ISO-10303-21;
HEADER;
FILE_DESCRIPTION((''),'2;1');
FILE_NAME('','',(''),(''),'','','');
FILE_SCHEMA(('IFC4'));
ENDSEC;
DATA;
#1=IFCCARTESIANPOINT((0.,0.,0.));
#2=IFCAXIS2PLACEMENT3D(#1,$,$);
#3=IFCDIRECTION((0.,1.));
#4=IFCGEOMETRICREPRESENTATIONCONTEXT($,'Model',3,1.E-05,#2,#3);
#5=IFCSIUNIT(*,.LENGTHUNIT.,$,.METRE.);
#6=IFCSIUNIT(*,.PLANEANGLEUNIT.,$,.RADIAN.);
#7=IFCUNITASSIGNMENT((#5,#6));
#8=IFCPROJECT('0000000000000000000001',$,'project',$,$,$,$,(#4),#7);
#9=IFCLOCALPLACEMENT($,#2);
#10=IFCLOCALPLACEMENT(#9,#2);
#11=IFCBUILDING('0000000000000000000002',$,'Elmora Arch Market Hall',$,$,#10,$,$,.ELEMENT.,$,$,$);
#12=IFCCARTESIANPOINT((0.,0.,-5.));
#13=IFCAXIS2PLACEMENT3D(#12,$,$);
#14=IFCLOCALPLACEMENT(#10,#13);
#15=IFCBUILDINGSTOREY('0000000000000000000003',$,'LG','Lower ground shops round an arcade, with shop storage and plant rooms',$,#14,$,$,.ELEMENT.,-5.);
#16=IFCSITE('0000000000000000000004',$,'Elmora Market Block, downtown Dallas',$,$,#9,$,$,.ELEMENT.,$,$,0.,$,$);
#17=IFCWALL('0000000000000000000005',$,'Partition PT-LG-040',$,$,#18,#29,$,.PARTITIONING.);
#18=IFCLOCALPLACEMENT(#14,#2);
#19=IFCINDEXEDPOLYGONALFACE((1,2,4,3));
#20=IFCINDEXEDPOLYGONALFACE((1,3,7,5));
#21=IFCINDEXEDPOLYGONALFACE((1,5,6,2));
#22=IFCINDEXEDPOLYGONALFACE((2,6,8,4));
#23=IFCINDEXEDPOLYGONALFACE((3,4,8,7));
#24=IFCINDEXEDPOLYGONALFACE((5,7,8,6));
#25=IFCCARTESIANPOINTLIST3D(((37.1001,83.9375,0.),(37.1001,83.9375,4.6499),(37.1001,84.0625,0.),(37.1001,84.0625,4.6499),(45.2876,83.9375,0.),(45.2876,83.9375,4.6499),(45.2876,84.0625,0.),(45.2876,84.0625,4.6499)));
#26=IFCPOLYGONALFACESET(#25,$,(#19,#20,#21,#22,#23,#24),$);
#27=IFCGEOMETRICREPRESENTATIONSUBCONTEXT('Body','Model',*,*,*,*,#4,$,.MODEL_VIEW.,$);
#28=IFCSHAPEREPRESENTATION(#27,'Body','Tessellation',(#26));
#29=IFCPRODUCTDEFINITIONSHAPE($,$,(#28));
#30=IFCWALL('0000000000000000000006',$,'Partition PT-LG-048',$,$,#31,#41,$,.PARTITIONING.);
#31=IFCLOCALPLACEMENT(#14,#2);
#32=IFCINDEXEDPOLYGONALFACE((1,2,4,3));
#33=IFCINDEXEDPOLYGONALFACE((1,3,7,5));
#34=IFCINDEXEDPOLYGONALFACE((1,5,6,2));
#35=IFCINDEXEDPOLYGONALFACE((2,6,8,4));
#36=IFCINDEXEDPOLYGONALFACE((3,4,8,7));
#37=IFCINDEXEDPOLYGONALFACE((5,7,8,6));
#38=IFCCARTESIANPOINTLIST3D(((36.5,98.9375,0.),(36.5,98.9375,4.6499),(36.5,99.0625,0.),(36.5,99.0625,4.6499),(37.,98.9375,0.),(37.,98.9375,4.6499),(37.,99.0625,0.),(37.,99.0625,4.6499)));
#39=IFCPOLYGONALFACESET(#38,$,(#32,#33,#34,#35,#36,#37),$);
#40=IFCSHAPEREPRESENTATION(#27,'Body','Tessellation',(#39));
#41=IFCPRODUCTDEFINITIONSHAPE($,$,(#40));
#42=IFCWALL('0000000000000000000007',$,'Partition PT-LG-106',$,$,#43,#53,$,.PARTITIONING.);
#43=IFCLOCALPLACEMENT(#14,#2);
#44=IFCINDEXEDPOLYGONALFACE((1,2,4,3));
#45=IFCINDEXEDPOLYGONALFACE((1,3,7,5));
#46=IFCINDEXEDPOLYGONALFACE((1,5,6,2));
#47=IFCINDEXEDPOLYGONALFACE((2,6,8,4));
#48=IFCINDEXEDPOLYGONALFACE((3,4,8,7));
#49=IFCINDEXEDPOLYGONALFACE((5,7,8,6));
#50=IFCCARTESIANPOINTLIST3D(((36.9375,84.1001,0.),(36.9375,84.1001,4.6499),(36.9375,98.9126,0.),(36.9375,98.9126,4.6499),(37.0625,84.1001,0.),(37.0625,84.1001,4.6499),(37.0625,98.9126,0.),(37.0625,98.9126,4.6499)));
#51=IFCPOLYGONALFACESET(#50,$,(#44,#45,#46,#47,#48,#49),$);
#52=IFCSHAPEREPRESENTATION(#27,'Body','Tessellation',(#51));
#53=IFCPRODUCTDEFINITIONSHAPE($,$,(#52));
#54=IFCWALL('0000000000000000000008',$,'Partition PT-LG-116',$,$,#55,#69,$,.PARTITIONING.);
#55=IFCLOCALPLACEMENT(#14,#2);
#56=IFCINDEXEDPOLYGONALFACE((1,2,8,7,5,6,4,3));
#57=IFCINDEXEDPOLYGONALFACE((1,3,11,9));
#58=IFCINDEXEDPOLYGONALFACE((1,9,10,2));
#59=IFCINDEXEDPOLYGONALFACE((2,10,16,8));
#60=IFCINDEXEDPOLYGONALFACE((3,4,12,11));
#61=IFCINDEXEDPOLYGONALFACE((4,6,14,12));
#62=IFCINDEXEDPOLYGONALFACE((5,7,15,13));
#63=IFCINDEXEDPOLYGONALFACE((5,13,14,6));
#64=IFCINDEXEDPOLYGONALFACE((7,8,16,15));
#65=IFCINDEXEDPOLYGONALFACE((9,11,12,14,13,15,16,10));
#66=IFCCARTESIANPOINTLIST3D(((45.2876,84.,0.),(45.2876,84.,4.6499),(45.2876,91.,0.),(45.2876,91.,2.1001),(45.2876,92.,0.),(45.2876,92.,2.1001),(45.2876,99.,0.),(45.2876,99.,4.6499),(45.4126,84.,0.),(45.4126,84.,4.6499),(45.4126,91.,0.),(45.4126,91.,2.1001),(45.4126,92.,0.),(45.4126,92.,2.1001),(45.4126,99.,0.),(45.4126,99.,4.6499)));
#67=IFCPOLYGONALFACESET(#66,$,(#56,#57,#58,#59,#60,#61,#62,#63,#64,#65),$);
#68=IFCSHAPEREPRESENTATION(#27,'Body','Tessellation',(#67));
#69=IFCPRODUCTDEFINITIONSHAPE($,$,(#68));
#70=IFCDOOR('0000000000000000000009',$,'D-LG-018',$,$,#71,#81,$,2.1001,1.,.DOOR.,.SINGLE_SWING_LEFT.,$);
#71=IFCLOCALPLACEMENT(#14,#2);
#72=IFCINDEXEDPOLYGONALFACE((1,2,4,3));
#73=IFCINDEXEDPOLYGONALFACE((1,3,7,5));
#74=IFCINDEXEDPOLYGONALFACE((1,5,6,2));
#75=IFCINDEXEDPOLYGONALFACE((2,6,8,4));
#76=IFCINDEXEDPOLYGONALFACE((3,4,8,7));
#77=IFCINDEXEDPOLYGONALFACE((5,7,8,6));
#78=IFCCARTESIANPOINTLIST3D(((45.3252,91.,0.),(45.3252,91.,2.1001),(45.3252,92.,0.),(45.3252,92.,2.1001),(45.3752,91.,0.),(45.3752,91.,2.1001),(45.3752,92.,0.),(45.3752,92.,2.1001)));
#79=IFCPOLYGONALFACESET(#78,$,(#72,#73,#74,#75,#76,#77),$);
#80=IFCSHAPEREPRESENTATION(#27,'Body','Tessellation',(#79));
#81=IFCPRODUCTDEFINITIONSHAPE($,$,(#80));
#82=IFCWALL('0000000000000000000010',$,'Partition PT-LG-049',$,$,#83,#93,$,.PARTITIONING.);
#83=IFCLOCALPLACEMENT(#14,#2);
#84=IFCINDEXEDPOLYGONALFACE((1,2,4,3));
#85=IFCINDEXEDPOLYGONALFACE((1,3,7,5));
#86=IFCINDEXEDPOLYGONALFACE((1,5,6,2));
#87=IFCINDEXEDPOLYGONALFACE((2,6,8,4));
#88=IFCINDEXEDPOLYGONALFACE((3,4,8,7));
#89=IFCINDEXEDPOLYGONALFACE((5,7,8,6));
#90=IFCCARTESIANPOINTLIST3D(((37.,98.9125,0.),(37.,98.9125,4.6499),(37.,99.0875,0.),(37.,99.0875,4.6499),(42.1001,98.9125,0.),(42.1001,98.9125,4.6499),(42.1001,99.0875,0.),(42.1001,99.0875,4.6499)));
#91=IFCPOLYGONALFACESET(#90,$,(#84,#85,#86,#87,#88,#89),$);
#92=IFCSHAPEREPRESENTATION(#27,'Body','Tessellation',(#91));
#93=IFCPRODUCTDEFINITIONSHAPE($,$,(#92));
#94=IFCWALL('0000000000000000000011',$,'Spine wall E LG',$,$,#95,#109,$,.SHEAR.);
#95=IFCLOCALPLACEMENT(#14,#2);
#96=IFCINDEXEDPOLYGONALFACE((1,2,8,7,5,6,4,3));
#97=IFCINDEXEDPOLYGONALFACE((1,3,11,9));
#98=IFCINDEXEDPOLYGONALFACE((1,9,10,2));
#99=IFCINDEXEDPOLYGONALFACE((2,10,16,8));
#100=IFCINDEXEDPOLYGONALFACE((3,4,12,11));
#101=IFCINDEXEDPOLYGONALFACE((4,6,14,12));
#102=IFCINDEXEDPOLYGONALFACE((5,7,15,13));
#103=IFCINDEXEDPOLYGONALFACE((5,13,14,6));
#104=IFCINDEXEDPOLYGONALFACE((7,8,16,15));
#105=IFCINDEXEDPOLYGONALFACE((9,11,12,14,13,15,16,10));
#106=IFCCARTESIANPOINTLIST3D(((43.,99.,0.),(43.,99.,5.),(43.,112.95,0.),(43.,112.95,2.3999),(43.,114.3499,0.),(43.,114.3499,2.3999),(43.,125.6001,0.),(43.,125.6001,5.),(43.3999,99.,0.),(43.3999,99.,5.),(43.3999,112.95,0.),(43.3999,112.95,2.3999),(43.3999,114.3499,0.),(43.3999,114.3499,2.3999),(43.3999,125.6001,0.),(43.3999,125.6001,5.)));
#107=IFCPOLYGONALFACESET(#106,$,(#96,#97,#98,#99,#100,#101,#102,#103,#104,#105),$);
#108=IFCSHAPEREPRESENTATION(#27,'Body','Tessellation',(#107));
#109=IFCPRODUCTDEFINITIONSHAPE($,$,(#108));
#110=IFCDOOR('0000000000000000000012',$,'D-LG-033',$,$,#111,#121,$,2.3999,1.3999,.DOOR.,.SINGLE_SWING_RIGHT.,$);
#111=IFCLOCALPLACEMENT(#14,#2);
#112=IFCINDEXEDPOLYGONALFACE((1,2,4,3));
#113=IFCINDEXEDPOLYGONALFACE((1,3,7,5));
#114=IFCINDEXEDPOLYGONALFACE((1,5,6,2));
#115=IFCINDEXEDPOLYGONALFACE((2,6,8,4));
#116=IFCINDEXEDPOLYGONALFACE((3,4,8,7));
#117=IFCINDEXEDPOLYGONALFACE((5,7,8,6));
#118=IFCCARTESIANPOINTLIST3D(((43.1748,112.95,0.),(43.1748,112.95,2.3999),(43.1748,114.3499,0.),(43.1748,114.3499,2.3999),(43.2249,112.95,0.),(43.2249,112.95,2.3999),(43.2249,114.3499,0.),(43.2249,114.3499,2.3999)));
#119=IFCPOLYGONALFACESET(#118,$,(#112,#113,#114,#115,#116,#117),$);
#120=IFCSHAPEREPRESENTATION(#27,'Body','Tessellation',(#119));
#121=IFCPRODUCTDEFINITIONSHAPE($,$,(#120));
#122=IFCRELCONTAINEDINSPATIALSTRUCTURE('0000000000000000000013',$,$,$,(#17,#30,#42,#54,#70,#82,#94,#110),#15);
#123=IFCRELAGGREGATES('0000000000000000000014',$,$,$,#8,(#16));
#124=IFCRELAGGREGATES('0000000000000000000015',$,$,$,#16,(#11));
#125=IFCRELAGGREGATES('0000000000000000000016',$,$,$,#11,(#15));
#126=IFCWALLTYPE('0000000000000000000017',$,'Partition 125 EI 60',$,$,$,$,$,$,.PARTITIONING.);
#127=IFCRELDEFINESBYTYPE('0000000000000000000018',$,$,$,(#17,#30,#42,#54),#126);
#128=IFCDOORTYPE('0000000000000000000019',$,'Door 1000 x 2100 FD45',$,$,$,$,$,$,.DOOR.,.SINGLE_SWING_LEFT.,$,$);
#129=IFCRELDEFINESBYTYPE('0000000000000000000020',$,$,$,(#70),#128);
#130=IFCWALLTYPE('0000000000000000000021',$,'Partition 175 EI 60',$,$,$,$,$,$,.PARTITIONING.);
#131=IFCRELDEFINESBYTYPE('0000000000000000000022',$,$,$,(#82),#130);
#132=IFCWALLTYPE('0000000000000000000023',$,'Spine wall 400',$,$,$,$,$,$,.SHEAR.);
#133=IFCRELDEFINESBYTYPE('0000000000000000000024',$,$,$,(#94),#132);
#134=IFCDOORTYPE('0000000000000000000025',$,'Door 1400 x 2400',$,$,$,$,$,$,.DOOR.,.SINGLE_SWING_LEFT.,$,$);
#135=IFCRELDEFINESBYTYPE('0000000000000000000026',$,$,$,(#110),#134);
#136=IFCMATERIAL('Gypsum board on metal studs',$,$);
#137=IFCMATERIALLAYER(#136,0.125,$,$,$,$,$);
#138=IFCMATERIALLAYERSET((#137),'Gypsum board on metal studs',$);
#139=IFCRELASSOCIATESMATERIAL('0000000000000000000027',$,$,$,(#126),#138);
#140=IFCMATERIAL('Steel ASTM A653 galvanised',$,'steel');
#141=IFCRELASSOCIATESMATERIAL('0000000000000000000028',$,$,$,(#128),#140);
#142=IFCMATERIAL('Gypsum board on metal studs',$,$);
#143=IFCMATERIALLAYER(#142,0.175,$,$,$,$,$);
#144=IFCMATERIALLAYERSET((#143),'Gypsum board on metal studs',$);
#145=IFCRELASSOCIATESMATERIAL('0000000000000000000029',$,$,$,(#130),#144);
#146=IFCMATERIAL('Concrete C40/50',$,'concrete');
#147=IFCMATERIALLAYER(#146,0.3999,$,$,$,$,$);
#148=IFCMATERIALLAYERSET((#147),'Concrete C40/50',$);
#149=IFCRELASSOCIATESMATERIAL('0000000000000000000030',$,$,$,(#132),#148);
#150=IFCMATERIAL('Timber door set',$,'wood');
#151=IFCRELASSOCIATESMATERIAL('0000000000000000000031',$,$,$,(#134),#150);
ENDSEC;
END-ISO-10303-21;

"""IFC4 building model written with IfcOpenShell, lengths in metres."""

from ifc_helpers import new_model, si_unit, direction, frame, frame_2d, origin, place, context, subcontext, project, spatial, rectangle, extrude, material, layer, layer_set, type_object, element, fill, save


model = new_model("IFC4")

# Units and contexts
model_context = context("Model", 3, precision=1e-05, world=origin(), true_north=direction((0.0, 1.0)))
body_context = subcontext(model_context, "Body", "Model", "MODEL_VIEW")
ifc_project = project(units=[si_unit("LENGTHUNIT", "METRE"), si_unit("PLANEANGLEUNIT", "RADIAN")], contexts=[model_context])

# Site, building, storey
site_placement = place(None, origin())
site = spatial("IfcSite", under=ifc_project, at=site_placement, Name="Elmora Market Block, downtown Dallas", CompositionType="ELEMENT", RefElevation=0.0)
building_placement = place(site_placement, origin())
building = spatial("IfcBuilding", under=site, at=building_placement, Name="Elmora Arch Market Hall", CompositionType="ELEMENT")
storey_placement = place(building_placement, frame((0.0, 0.0, -5.0)))
storey = spatial("IfcBuildingStorey", under=building, at=storey_placement, Name="LG", Description="Lower ground shops round an arcade, with shop storage and plant rooms", CompositionType="ELEMENT", Elevation=-5.0)

# Walls
ifc_material_1 = material(Name="Gypsum board on metal studs")
ifc_layer_1 = layer(ifc_material_1, 0.125)
ifc_layer_set_1 = layer_set([ifc_layer_1], Name="Gypsum board on metal studs")
wall_type_1 = type_object("IfcWallType", Name="Partition 125 EI 60", PredefinedType="PARTITIONING", material=ifc_layer_set_1)
wall_1_placement = place(storey_placement, frame((37.1001, 84.0, 0.0), z_axis=(0.0, 0.0, 1.0), x_axis=(1.0, 0.0, 0.0)))
element("IfcWall", 1, at=wall_1_placement, inside=storey, type_object=wall_type_1, Name="Partition PT-LG-040", PredefinedType="PARTITIONING", context=body_context, shape_type="SweptSolid", body=[
    extrude(rectangle(XDim=8.1875, YDim=0.125, at=frame_2d((4.0938, 0.0))), origin(), (0.0, 0.0, 1.0), 4.6499),
])
wall_2_placement = place(storey_placement, frame((36.5, 99.0, 0.0), z_axis=(0.0, 0.0, 1.0), x_axis=(1.0, 0.0, 0.0)))
element("IfcWall", 2, at=wall_2_placement, inside=storey, type_object=wall_type_1, Name="Partition PT-LG-048", PredefinedType="PARTITIONING", context=body_context, shape_type="SweptSolid", body=[
    extrude(rectangle(XDim=0.5, YDim=0.125, at=frame_2d((0.25, 0.0))), origin(), (0.0, 0.0, 1.0), 4.6499),
])
wall_3_placement = place(storey_placement, frame((37.0, 84.1001, 0.0), z_axis=(0.0, 0.0, 1.0), x_axis=(0.0, 1.0, 0.0)))
element("IfcWall", 3, at=wall_3_placement, inside=storey, type_object=wall_type_1, Name="Partition PT-LG-106", PredefinedType="PARTITIONING", context=body_context, shape_type="SweptSolid", body=[
    extrude(rectangle(XDim=14.8125, YDim=0.125, at=frame_2d((7.4062, 0.0))), origin(), (0.0, 0.0, 1.0), 4.6499),
])

# Wall, opening, door
wall_4_placement = place(storey_placement, frame((45.3501, 84.0, 0.0), z_axis=(0.0, 0.0, 1.0), x_axis=(0.0, 1.0, 0.0)))
wall_4 = element("IfcWall", 4, at=wall_4_placement, inside=storey, type_object=wall_type_1, Name="Partition PT-LG-116", PredefinedType="PARTITIONING", context=body_context, shape_type="SweptSolid", body=[
    extrude(rectangle(XDim=15.0, YDim=0.125, at=frame_2d((7.5, 0.0))), origin(), (0.0, 0.0, 1.0), 4.6499),
])
opening_1_placement = place(wall_4_placement, frame((7.0, 0.0, 0.0)))
opening_1 = element("IfcOpeningElement", 5, at=opening_1_placement, cuts=wall_4, PredefinedType="OPENING", context=body_context, shape_type="SweptSolid", body=[
    extrude(rectangle(XDim=1.0, YDim=2.1001, at=frame_2d((0.5, 1.05))), frame((0.0, 0.0725, 0.0), z_axis=(0.0, -1.0, 0.0), x_axis=(1.0, 0.0, 0.0)), (0.0, 0.0, 1.0), 0.145),
])
ifc_material_2 = material(Name="Steel ASTM A653 galvanised", Category="steel")
door_type_1 = type_object("IfcDoorType", Name="Door 1000 x 2100 FD45", OperationType="SINGLE_SWING_LEFT", PredefinedType="DOOR", material=ifc_material_2)
door_1_placement = place(opening_1_placement, origin())
door_1 = element("IfcDoor", 6, at=door_1_placement, inside=storey, type_object=door_type_1, Name="D-LG-018", OperationType="SINGLE_SWING_LEFT", OverallHeight=2.1001, OverallWidth=1.0, PredefinedType="DOOR", context=body_context, shape_type="SweptSolid", body=[
    extrude(rectangle(XDim=1.0, YDim=2.1001, at=frame_2d((0.5, 1.05))), frame((0.0, 0.0249, 0.0), z_axis=(0.0, -1.0, 0.0), x_axis=(1.0, 0.0, 0.0)), (0.0, 0.0, 1.0), 0.05),
])
fill(opening_1, door_1)

# Wall
ifc_material_3 = material(Name="Gypsum board on metal studs")
ifc_layer_2 = layer(ifc_material_3, 0.175)
ifc_layer_set_2 = layer_set([ifc_layer_2], Name="Gypsum board on metal studs")
wall_type_2 = type_object("IfcWallType", Name="Partition 175 EI 60", PredefinedType="PARTITIONING", material=ifc_layer_set_2)
wall_5_placement = place(storey_placement, frame((37.0, 99.0, 0.0), z_axis=(0.0, 0.0, 1.0), x_axis=(1.0, 0.0, 0.0)))
element("IfcWall", 7, at=wall_5_placement, inside=storey, type_object=wall_type_2, Name="Partition PT-LG-049", PredefinedType="PARTITIONING", context=body_context, shape_type="SweptSolid", body=[
    extrude(rectangle(XDim=5.1001, YDim=0.175, at=frame_2d((2.55, 0.0))), origin(), (0.0, 0.0, 1.0), 4.6499),
])

# Wall, opening, door
ifc_material_4 = material(Name="Concrete C40/50", Category="concrete")
ifc_layer_3 = layer(ifc_material_4, 0.3999)
ifc_layer_set_3 = layer_set([ifc_layer_3], Name="Concrete C40/50")
wall_type_3 = type_object("IfcWallType", Name="Spine wall 400", PredefinedType="SHEAR", material=ifc_layer_set_3)
wall_6_placement = place(storey_placement, frame((43.2, 99.0, 0.0), z_axis=(0.0, 0.0, 1.0), x_axis=(0.0, 1.0, 0.0)))
wall_6 = element("IfcWall", 8, at=wall_6_placement, inside=storey, type_object=wall_type_3, Name="Spine wall E LG", PredefinedType="SHEAR", context=body_context, shape_type="SweptSolid", body=[
    extrude(rectangle(XDim=26.6001, YDim=0.3999, at=frame_2d((13.3, 0.0))), origin(), (0.0, 0.0, 1.0), 5.0),
])
opening_2_placement = place(wall_6_placement, frame((13.95, 0.0, 0.0)))
opening_2 = element("IfcOpeningElement", 9, at=opening_2_placement, cuts=wall_6, PredefinedType="OPENING", context=body_context, shape_type="SweptSolid", body=[
    extrude(rectangle(XDim=1.3999, YDim=2.3999, at=frame_2d((0.7, 1.2))), frame((0.0, 0.21, 0.0), z_axis=(0.0, -1.0, 0.0), x_axis=(1.0, 0.0, 0.0)), (0.0, 0.0, 1.0), 0.4199),
])
ifc_material_5 = material(Name="Timber door set", Category="wood")
door_type_2 = type_object("IfcDoorType", Name="Door 1400 x 2400", OperationType="SINGLE_SWING_LEFT", PredefinedType="DOOR", material=ifc_material_5)
door_2_placement = place(opening_2_placement, frame((1.3999, 0.0, 0.0), z_axis=(0.0, 0.0, 1.0), x_axis=(-1.0, 0.0, 0.0)))
door_2 = element("IfcDoor", 10, at=door_2_placement, inside=storey, type_object=door_type_2, Name="D-LG-033", OperationType="SINGLE_SWING_RIGHT", OverallHeight=2.3999, OverallWidth=1.3999, PredefinedType="DOOR", context=body_context, shape_type="SweptSolid", body=[
    extrude(rectangle(XDim=1.3999, YDim=2.3999, at=frame_2d((0.7, 1.2))), frame((0.0, 0.0249, 0.0), z_axis=(0.0, -1.0, 0.0), x_axis=(1.0, 0.0, 0.0)), (0.0, 0.0, 1.0), 0.05),
])
fill(opening_2, door_2)

save(model, "model.ifc")
